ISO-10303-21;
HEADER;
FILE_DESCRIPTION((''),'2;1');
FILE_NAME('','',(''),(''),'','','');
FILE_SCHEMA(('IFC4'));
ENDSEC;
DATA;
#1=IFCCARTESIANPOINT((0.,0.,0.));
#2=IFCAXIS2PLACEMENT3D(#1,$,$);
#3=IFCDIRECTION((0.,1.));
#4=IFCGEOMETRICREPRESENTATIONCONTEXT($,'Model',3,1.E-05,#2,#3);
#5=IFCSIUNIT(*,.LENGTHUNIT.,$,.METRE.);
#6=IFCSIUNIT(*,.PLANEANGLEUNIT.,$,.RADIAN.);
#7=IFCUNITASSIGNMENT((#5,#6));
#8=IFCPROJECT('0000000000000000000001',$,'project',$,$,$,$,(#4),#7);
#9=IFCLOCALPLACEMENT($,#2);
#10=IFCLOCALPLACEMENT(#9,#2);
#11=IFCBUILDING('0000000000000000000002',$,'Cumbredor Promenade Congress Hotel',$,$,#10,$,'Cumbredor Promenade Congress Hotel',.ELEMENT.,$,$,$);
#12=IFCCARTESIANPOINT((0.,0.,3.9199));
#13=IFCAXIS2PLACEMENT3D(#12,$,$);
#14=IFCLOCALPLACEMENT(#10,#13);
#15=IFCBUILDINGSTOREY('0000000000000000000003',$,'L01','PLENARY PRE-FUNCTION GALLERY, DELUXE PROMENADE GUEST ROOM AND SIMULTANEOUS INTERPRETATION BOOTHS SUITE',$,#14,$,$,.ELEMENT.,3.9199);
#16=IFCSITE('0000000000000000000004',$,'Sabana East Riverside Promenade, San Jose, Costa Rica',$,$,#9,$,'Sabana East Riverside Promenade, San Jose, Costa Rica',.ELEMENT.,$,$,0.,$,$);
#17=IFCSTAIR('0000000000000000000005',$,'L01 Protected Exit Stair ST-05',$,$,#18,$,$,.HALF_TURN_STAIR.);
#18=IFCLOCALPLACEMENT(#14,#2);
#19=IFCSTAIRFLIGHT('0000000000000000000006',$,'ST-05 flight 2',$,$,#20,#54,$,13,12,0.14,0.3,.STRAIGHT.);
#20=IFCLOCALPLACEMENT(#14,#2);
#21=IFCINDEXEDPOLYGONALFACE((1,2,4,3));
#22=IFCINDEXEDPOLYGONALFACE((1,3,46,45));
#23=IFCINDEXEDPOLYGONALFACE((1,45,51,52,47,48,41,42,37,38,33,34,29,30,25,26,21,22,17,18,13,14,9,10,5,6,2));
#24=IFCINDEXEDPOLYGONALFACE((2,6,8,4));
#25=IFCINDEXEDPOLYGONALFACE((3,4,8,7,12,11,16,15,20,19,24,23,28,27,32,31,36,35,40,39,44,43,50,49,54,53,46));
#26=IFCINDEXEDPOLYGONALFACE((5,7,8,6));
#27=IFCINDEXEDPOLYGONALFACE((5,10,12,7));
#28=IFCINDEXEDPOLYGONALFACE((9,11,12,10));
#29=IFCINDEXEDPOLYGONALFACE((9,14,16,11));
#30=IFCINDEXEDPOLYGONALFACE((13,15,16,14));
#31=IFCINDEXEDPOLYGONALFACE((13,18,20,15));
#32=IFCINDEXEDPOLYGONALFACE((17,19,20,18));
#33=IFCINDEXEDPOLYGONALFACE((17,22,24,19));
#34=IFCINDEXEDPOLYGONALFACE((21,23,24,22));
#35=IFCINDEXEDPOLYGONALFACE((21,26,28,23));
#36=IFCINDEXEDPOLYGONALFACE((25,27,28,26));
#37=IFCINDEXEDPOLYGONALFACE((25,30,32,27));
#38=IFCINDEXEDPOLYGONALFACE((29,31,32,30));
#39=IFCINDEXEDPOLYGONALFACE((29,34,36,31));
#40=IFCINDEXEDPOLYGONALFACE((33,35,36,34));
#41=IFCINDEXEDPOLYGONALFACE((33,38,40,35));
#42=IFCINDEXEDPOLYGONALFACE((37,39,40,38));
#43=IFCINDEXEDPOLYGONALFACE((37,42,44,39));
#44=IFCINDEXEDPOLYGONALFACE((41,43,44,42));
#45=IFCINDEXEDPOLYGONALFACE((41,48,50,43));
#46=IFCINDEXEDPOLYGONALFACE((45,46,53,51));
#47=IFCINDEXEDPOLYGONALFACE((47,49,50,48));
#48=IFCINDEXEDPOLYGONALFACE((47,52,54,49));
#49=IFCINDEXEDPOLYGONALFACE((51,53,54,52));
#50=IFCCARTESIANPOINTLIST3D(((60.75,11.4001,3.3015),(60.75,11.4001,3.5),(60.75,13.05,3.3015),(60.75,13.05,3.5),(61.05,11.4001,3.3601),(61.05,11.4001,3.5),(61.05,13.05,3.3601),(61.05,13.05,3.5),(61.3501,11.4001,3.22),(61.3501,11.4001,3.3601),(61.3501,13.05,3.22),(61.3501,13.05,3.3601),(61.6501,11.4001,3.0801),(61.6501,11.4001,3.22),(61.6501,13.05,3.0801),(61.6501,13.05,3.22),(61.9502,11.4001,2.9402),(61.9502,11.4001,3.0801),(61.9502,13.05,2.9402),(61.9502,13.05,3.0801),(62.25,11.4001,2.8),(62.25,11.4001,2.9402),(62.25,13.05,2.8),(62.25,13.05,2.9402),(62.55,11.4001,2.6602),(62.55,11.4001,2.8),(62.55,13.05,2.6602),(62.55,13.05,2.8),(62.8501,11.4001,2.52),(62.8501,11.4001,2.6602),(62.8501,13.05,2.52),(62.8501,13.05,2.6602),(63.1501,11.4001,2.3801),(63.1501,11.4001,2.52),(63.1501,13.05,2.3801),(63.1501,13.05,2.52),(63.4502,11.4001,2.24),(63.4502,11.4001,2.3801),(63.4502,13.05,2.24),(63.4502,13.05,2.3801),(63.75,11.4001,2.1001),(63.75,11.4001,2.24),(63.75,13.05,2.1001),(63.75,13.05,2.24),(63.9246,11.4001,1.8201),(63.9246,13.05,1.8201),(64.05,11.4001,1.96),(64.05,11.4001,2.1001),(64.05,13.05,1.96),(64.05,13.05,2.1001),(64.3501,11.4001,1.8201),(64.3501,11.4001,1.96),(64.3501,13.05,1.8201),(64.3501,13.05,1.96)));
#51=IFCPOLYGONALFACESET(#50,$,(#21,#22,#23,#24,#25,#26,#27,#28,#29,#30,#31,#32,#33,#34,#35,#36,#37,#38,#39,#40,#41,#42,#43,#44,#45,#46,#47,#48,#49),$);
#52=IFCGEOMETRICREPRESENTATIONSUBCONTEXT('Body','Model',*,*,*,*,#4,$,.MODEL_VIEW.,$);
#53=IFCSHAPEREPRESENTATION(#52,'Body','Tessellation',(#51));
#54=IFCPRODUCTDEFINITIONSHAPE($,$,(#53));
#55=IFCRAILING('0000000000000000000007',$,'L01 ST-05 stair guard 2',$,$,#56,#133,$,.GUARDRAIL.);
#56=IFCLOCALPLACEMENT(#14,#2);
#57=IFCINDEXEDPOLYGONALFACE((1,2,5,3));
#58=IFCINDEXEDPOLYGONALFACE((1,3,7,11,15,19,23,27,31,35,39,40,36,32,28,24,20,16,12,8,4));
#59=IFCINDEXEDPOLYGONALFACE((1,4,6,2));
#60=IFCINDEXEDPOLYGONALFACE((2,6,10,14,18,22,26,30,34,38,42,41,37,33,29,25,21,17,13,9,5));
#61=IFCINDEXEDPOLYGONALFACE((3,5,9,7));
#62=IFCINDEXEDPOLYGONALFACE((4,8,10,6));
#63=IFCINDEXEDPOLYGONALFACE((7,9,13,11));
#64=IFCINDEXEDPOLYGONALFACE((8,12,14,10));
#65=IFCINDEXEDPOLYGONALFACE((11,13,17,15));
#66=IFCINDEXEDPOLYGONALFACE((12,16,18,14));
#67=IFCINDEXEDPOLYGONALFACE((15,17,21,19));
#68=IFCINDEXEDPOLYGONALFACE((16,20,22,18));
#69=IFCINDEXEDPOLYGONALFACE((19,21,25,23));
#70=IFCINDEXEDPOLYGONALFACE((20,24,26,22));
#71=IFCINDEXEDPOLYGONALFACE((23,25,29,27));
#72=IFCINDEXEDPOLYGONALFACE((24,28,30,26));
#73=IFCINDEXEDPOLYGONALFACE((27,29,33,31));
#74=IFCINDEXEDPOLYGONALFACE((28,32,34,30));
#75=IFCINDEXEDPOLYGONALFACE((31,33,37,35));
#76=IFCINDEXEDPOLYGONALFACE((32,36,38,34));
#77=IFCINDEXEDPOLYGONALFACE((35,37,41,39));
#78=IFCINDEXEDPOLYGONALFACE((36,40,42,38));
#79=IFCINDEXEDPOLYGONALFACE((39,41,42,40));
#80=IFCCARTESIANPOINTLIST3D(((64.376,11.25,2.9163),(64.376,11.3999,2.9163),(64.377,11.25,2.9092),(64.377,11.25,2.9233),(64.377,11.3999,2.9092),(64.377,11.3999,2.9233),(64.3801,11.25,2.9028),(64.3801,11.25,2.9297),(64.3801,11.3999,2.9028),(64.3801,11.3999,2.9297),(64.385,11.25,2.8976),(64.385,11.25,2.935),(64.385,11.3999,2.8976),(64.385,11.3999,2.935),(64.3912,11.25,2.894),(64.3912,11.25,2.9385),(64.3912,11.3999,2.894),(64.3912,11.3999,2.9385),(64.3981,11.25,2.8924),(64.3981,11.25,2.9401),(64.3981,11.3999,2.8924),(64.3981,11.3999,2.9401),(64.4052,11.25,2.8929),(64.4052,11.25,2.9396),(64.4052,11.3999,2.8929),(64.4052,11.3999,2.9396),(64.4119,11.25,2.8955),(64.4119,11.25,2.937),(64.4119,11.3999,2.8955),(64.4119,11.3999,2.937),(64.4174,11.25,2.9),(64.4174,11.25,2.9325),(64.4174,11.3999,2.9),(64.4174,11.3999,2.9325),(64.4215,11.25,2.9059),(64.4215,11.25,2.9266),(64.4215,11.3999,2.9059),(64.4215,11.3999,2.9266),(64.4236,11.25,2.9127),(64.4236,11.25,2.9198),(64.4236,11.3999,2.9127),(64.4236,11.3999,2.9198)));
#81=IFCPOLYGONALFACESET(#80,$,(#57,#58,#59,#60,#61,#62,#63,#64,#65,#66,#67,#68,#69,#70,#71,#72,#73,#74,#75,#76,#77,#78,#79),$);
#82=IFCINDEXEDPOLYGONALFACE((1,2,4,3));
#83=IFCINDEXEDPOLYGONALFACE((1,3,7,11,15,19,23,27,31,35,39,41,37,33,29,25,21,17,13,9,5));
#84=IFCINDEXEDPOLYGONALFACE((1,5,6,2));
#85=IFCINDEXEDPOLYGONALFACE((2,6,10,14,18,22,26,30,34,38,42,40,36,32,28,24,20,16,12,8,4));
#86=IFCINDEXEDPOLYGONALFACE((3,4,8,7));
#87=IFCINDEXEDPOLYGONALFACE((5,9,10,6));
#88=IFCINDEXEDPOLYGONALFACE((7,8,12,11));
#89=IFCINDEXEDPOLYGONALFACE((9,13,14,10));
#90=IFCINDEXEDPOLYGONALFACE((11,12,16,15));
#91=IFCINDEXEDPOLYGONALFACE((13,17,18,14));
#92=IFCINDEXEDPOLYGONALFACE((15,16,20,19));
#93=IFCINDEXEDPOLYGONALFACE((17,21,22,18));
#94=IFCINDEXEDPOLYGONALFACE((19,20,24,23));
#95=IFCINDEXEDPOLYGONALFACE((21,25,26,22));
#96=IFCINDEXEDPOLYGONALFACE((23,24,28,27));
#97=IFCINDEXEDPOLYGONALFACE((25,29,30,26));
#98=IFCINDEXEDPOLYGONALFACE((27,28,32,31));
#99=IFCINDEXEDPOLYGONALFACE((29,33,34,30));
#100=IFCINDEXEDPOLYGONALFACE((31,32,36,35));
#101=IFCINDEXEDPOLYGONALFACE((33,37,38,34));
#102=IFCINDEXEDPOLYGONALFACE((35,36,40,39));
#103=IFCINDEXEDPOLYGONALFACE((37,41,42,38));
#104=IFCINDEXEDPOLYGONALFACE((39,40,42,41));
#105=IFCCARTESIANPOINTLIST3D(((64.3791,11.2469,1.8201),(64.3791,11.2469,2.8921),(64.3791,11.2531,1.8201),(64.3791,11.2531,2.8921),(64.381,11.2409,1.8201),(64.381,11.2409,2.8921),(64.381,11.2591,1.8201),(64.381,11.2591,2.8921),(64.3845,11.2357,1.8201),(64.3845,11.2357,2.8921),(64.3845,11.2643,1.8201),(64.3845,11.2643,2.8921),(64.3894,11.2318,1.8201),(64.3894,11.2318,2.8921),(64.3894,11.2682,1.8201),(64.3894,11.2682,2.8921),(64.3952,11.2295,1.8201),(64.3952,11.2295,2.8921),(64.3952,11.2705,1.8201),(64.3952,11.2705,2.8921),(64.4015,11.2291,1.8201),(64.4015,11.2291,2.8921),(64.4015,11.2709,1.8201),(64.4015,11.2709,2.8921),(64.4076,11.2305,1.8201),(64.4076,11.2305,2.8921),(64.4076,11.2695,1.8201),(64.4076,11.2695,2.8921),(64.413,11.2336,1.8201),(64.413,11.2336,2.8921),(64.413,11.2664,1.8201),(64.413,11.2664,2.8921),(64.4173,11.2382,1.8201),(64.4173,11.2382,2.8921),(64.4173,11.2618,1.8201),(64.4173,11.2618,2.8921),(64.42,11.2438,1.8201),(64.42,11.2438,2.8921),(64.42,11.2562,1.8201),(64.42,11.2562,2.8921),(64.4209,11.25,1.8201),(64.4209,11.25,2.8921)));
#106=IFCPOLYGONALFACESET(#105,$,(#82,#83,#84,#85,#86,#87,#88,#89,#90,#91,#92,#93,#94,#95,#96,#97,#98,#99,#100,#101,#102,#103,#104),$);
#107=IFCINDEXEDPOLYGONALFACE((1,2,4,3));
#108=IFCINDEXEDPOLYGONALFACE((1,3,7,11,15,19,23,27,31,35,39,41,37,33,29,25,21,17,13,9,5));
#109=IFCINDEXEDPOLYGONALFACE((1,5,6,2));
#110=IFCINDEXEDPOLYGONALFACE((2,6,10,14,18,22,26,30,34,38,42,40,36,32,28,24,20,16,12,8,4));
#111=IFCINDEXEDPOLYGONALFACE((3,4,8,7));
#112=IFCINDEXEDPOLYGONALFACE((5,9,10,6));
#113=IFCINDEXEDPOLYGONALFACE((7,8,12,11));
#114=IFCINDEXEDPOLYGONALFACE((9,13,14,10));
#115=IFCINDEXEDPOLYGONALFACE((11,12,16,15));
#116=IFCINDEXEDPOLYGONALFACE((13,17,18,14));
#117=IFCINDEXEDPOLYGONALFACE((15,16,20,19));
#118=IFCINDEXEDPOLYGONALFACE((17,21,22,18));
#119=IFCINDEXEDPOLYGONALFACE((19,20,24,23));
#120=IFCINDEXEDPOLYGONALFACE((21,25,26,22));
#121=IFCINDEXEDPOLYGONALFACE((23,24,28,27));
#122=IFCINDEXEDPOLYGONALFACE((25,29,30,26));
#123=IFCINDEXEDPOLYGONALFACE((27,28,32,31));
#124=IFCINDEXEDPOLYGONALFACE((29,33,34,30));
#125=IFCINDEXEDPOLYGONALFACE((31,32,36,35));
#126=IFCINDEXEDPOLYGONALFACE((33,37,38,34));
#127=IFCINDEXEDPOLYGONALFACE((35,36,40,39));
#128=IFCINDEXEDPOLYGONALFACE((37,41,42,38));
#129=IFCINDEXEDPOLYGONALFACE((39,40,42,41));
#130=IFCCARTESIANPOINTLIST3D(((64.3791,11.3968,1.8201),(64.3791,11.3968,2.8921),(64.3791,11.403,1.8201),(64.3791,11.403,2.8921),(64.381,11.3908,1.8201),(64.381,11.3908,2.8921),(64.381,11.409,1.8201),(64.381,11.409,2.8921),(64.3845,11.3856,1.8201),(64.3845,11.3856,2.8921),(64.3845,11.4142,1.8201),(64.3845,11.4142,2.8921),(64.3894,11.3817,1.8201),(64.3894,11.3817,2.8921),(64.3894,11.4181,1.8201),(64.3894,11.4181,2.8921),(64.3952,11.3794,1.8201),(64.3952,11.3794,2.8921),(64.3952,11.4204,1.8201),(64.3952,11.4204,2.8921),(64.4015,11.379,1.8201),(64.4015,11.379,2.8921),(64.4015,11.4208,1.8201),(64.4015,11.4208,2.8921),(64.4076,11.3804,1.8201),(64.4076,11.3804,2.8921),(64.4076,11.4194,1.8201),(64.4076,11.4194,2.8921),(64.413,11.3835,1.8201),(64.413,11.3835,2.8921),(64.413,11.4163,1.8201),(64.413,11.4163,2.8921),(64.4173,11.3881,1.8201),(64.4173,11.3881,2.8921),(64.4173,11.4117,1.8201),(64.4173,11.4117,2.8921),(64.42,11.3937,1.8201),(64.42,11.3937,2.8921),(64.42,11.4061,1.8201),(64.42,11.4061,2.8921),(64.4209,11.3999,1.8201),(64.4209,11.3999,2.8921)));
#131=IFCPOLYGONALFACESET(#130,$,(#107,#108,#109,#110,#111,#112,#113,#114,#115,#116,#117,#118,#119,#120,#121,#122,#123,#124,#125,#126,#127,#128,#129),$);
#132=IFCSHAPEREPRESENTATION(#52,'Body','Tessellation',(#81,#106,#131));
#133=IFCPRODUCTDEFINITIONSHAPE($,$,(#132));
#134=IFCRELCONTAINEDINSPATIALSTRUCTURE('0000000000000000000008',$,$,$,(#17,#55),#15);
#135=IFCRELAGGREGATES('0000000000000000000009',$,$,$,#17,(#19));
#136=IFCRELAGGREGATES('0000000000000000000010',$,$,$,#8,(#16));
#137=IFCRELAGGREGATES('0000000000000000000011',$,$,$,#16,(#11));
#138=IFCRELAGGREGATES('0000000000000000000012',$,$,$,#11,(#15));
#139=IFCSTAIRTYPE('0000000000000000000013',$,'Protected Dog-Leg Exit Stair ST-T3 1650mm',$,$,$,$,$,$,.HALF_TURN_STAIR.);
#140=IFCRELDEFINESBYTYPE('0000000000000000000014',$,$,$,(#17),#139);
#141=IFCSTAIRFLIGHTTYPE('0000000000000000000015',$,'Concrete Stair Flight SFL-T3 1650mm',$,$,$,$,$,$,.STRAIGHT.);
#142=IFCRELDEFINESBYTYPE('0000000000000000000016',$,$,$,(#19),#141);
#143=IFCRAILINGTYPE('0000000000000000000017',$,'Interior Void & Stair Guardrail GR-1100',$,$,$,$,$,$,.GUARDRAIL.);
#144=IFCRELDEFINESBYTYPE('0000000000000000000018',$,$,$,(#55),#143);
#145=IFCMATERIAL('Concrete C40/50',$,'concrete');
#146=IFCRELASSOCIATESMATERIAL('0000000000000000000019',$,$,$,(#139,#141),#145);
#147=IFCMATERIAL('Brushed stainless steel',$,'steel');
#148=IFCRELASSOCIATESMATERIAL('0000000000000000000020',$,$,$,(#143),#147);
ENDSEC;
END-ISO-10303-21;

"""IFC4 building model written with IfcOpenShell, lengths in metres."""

from ifc_helpers import new_model, si_unit, direction, frame, origin, origin_2d, place, context, subcontext, project, spatial, polyline, circle, outline, extrude, material, type_object, element, aggregate, save


model = new_model("IFC4")

# Units and contexts
model_context = context("Model", 3, precision=1e-05, world=origin(), true_north=direction((0.0, 1.0)))
body_context = subcontext(model_context, "Body", "Model", "MODEL_VIEW")
ifc_project = project(units=[si_unit("LENGTHUNIT", "METRE"), si_unit("PLANEANGLEUNIT", "RADIAN")], contexts=[model_context])

# Site, building, storey
site_placement = place(None, origin())
site = spatial("IfcSite", under=ifc_project, at=site_placement, Name="Sabana East Riverside Promenade, San Jose, Costa Rica", LongName="Sabana East Riverside Promenade, San Jose, Costa Rica", CompositionType="ELEMENT", RefElevation=0.0)
building_placement = place(site_placement, origin())
building = spatial("IfcBuilding", under=site, at=building_placement, Name="Cumbredor Promenade Congress Hotel", LongName="Cumbredor Promenade Congress Hotel", CompositionType="ELEMENT")
storey_placement = place(building_placement, frame((0.0, 0.0, 3.9199)))
storey = spatial("IfcBuildingStorey", under=building, at=storey_placement, Name="L01", Description="PLENARY PRE-FUNCTION GALLERY, DELUXE PROMENADE GUEST ROOM AND SIMULTANEOUS INTERPRETATION BOOTHS SUITE", CompositionType="ELEMENT", Elevation=3.9199)

# Shared definitions
ifc_material_1 = material(Name="Concrete C40/50", Category="concrete")

# Stair, stair flight
stair_type = type_object("IfcStairType", Name="Protected Dog-Leg Exit Stair ST-T3 1650mm", PredefinedType="HALF_TURN_STAIR", material=ifc_material_1)
stair_placement = place(storey_placement, origin())
stair = element("IfcStair", 1, at=stair_placement, inside=storey, type_object=stair_type, Name="L01 Protected Exit Stair ST-05", PredefinedType="HALF_TURN_STAIR")
stair_flight_type = type_object("IfcStairFlightType", Name="Concrete Stair Flight SFL-T3 1650mm", PredefinedType="STRAIGHT", material=ifc_material_1)
stair_flight_placement = place(storey_placement, frame((64.3501, 12.2251, 1.8201), z_axis=(0.0, 0.0, 1.0), x_axis=(-1.0, 0.0, 0.0)))
stair_flight = element("IfcStairFlight", 2, at=stair_flight_placement, type_object=stair_flight_type, Name="ST-05 flight 2", NumberOfRisers=13, NumberOfTreads=12, PredefinedType="STRAIGHT", RiserHeight=0.14, TreadLength=0.3, context=body_context, shape_type="SweptSolid", body=[
    extrude(outline(polyline([(0.0, 0.0), (0.0, 0.1399), (0.3, 0.1399), (0.3, 0.28), (0.6001, 0.28), (0.6001, 0.4199), (0.8999, 0.4199), (0.8999, 0.5601), (1.2, 0.5601), (1.2, 0.7), (1.5, 0.7), (1.5, 0.8401), (1.8, 0.8401), (1.8, 0.98), (2.1001, 0.98), (2.1001, 1.1201), (2.3999, 1.1201), (2.3999, 1.26), (2.7, 1.26), (2.7, 1.3999), (3.0, 1.3999), (3.0, 1.54), (3.3, 1.54), (3.3, 1.6799), (3.6001, 1.6799), (3.6001, 1.8201), (3.6001, 1.4814), (0.4255, 0.0), (0.0, 0.0)])), frame((0.0, 0.825, 0.0), z_axis=(0.0, -1.0, 0.0), x_axis=(1.0, 0.0, 0.0)), (0.0, 0.0, 1.0), 1.6499),
])
aggregate(stair, [stair_flight])

# Railing
ifc_material_2 = material(Name="Brushed stainless steel", Category="steel")
railing_type_1 = type_object("IfcRailingType", Name="Interior Void & Stair Guardrail GR-1100", PredefinedType="GUARDRAIL", material=ifc_material_2)
railing_1_placement = place(storey_placement, frame((64.3999, 11.25, 1.8201)))
element("IfcRailing", 3, at=railing_1_placement, inside=storey, type_object=railing_type_1, Name="L01 ST-05 stair guard 2", PredefinedType="GUARDRAIL", context=body_context, shape_type="SweptSolid", body=[
    extrude(circle(Radius=0.0239, at=origin_2d()), frame((0.0, 0.0, 1.0962), z_axis=(0.0, 1.0, 0.0), x_axis=(-1.0, 0.0, 0.0)), (0.0, 0.0, 1.0), 0.1499),
    extrude(circle(Radius=0.021, at=origin_2d()), origin(), (0.0, 0.0, 1.0), 1.072),
    extrude(circle(Radius=0.021, at=origin_2d()), frame((0.0, 0.1499, 0.0)), (0.0, 0.0, 1.0), 1.072),
])

save(model, "model.ifc")
